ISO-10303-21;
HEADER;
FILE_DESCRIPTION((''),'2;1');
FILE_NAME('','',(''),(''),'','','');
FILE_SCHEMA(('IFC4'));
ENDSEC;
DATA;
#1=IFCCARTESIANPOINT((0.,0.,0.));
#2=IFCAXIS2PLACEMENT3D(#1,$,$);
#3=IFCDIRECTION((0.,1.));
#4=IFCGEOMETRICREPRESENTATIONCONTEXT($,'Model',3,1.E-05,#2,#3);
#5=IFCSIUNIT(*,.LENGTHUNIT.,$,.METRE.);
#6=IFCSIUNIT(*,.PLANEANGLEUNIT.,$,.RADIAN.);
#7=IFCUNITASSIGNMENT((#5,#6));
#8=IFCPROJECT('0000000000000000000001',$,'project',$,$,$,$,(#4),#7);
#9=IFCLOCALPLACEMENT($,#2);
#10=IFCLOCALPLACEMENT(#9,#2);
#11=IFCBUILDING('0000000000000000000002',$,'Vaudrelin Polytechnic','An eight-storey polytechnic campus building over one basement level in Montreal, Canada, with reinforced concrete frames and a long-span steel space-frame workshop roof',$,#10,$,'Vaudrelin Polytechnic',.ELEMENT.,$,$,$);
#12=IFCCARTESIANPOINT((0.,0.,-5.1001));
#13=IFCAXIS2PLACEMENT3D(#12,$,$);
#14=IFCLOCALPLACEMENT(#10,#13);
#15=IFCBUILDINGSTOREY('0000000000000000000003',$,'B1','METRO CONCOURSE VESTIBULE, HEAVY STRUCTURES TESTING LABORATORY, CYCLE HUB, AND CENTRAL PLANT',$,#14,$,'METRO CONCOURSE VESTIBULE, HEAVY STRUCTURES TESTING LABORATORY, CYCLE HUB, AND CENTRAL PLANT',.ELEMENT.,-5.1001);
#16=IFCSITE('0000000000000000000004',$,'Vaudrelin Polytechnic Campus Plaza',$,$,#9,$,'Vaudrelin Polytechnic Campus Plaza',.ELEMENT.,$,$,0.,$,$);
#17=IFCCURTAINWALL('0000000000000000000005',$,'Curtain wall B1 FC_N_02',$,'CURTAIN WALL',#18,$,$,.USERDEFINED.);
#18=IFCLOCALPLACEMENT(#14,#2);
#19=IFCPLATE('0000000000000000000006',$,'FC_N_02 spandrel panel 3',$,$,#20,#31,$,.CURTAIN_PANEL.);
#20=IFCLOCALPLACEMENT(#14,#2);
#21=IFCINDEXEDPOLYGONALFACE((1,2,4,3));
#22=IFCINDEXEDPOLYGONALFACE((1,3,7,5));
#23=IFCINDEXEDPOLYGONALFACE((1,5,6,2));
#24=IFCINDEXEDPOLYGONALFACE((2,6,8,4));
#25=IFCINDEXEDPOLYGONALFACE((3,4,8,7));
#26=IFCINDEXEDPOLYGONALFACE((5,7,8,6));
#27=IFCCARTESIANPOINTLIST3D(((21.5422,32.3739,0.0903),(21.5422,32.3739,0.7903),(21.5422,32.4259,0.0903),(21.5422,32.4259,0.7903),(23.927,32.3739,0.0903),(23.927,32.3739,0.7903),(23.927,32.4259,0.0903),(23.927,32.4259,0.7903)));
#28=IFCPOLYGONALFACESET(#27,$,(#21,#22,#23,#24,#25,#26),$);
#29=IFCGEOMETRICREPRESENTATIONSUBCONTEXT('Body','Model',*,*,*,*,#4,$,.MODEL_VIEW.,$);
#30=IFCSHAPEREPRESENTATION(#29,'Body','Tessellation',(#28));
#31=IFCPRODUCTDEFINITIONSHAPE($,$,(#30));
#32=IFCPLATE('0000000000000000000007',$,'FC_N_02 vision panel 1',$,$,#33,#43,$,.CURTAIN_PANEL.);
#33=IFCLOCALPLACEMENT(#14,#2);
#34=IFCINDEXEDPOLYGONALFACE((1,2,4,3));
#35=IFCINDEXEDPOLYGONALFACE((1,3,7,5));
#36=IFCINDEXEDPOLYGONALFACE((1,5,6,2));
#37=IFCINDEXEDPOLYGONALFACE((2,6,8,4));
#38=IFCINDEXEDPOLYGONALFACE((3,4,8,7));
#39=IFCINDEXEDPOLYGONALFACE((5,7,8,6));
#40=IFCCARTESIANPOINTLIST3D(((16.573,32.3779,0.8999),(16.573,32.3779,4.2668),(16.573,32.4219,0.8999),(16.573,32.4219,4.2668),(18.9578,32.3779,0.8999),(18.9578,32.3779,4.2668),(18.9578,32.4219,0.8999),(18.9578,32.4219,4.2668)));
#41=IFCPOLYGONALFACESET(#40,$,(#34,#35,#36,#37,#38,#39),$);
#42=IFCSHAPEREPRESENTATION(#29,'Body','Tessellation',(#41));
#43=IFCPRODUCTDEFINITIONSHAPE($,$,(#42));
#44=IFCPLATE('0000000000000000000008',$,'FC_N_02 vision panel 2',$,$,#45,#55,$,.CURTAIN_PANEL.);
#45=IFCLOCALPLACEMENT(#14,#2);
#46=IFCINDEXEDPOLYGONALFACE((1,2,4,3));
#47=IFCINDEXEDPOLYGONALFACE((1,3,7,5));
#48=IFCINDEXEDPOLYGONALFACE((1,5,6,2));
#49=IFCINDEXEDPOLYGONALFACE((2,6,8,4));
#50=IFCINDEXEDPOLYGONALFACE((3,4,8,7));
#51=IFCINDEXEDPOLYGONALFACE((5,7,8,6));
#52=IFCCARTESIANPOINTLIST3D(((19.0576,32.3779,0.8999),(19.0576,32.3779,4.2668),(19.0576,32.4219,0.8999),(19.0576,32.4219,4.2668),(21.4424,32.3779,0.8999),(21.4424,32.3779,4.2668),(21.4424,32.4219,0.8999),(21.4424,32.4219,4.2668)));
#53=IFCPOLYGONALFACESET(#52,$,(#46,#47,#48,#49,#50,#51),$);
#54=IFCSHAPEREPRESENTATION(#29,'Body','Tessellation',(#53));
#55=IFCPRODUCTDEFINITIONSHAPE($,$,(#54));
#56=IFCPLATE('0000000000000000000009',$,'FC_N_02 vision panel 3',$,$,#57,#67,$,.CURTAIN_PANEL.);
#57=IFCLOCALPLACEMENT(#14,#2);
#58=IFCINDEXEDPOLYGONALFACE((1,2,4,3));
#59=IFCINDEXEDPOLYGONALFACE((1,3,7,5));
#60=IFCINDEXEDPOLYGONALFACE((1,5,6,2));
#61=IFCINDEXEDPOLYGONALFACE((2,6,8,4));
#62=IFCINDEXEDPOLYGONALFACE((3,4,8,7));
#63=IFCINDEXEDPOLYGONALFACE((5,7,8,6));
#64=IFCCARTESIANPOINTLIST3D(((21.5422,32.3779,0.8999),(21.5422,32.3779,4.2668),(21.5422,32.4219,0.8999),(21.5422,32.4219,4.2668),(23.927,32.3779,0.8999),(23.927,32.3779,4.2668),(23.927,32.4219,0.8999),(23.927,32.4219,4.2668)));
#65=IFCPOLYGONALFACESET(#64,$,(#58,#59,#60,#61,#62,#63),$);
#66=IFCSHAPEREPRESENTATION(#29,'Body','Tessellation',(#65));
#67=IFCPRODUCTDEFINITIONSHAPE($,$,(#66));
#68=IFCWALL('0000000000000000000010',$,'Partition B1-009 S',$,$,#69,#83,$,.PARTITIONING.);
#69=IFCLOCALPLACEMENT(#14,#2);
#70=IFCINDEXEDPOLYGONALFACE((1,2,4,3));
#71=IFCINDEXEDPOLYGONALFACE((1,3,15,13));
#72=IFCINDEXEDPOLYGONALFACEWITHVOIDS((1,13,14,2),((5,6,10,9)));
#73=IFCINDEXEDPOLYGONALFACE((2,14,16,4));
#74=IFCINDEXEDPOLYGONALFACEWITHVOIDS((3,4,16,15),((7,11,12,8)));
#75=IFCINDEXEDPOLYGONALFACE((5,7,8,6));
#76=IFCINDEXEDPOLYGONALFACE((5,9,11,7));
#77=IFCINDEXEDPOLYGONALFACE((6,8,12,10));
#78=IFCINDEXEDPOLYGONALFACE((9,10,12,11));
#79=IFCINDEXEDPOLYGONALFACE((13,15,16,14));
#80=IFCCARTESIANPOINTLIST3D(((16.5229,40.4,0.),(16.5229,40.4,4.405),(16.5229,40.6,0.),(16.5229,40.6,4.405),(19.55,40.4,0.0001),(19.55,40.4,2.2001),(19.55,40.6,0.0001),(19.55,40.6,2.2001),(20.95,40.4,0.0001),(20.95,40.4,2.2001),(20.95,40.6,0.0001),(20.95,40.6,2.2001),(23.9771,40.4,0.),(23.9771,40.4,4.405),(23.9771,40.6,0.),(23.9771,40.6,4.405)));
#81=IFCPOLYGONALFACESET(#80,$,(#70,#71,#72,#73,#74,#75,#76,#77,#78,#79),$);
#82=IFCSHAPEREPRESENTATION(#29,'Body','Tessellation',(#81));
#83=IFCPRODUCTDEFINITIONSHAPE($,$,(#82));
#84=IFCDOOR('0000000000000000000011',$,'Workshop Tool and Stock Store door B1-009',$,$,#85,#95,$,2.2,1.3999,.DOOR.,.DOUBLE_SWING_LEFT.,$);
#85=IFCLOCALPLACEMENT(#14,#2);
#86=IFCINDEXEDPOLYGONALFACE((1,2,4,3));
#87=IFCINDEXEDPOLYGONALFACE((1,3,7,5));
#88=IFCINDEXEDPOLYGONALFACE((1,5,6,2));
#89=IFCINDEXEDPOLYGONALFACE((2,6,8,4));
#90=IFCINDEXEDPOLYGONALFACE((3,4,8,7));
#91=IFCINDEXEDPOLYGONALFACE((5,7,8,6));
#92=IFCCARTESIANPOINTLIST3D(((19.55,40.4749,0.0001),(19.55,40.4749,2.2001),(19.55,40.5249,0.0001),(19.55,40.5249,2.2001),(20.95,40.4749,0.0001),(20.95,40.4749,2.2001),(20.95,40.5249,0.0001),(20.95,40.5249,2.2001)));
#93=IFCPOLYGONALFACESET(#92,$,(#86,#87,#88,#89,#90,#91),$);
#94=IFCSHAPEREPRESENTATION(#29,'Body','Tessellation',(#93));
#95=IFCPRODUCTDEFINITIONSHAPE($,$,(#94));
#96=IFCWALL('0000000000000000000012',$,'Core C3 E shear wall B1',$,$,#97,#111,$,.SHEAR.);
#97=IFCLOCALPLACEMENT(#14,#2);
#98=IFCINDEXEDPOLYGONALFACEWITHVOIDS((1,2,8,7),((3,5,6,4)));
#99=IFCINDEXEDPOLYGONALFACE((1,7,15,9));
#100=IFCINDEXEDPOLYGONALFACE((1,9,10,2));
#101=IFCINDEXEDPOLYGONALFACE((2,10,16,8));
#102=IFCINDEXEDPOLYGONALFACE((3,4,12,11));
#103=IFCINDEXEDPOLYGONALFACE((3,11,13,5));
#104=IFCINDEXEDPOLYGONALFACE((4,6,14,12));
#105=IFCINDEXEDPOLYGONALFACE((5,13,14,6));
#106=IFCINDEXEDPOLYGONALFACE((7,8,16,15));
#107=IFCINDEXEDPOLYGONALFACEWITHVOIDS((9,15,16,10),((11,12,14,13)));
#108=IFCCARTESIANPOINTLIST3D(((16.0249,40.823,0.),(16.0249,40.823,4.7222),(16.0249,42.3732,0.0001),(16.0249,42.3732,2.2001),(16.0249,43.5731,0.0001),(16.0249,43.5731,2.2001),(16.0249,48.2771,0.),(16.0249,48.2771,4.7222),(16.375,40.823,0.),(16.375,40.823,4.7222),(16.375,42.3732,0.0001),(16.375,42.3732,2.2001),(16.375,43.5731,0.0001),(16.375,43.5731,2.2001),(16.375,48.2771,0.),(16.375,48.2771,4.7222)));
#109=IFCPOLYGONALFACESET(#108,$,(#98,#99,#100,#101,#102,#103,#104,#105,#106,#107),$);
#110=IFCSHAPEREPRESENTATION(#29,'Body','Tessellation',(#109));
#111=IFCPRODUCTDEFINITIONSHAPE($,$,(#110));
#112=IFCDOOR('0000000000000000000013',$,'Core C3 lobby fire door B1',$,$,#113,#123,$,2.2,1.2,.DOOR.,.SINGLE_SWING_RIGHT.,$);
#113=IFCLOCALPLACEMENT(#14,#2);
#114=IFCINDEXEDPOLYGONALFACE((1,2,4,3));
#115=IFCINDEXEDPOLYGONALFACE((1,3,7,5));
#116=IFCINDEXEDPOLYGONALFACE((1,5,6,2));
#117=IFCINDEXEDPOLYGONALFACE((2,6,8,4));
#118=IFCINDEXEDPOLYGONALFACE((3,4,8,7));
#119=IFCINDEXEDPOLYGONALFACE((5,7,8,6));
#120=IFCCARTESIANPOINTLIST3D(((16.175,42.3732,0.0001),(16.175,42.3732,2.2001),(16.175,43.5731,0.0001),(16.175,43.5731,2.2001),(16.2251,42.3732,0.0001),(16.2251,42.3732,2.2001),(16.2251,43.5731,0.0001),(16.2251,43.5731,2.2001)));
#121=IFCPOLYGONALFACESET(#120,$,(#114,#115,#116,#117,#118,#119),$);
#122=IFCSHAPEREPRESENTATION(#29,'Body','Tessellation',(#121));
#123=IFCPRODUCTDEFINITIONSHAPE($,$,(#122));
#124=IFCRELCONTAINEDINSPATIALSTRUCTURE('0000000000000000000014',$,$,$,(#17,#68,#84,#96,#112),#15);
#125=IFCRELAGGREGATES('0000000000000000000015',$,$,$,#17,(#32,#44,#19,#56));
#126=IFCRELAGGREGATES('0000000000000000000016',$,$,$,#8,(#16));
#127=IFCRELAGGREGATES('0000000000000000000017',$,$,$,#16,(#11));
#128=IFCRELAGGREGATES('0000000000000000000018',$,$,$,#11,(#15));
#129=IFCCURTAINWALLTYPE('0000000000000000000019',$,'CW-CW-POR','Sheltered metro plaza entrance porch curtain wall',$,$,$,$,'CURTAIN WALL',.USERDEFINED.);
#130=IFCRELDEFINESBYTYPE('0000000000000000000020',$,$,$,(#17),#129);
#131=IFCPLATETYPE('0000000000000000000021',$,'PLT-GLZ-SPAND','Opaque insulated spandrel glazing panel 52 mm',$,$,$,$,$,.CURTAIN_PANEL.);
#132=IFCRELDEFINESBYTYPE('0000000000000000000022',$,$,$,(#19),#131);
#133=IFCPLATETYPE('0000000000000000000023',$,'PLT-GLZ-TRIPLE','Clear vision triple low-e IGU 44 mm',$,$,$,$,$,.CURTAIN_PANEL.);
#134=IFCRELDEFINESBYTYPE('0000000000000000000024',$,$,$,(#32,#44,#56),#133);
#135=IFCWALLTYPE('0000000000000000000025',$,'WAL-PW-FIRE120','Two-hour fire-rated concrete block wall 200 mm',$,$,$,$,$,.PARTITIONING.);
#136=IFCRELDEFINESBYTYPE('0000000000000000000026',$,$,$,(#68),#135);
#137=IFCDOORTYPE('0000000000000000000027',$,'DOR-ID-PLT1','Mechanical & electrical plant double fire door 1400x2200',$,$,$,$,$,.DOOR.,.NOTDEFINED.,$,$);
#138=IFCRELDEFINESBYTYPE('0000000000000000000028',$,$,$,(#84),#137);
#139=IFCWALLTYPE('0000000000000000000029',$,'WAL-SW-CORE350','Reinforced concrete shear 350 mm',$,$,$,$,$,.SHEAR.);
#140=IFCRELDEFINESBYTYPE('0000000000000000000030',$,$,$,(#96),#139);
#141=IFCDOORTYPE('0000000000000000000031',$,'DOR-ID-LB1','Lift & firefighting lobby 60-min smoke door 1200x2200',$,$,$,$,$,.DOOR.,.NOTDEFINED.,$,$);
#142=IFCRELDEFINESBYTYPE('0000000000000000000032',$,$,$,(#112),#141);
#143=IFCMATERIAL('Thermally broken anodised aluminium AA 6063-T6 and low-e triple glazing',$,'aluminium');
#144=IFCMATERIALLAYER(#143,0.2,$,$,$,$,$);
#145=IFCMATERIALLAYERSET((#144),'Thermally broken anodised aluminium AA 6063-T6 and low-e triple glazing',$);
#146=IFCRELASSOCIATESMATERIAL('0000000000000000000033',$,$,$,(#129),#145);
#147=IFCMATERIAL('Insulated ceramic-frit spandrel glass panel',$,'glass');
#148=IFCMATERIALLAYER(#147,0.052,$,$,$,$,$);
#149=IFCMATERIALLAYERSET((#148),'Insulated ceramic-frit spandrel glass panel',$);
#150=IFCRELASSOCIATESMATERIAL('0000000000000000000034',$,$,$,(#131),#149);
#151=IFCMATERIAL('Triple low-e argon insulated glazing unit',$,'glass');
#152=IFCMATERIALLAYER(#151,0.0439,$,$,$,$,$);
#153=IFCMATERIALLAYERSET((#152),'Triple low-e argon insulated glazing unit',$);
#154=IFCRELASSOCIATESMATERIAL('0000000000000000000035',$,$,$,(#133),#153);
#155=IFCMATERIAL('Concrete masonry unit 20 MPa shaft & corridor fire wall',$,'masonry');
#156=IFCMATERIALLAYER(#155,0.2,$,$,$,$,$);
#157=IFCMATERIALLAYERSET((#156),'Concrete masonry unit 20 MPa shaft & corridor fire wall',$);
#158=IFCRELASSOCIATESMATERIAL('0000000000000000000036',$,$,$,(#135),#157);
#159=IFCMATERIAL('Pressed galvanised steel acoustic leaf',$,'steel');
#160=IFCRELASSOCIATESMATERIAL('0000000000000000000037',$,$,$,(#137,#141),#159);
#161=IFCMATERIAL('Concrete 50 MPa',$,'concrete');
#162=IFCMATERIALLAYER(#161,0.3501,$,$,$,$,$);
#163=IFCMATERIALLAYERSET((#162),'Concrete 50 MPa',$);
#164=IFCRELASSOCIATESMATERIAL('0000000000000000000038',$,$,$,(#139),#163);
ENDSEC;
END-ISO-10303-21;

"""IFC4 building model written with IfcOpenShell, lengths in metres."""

from ifc_helpers import new_model, si_unit, direction, frame, frame_2d, origin, origin_2d, place, context, subcontext, project, spatial, rectangle, extrude, material, layer, layer_set, type_object, element, fill, aggregate, save


model = new_model("IFC4")

# Units and contexts
model_context = context("Model", 3, precision=1e-05, world=origin(), true_north=direction((0.0, 1.0)))
body_context = subcontext(model_context, "Body", "Model", "MODEL_VIEW")
ifc_project = project(units=[si_unit("LENGTHUNIT", "METRE"), si_unit("PLANEANGLEUNIT", "RADIAN")], contexts=[model_context])

# Site, building, storey
site_placement = place(None, origin())
site = spatial("IfcSite", under=ifc_project, at=site_placement, Name="Vaudrelin Polytechnic Campus Plaza", LongName="Vaudrelin Polytechnic Campus Plaza", CompositionType="ELEMENT", RefElevation=0.0)
building_placement = place(site_placement, origin())
building = spatial("IfcBuilding", under=site, at=building_placement, Name="Vaudrelin Polytechnic", Description="An eight-storey polytechnic campus building over one basement level in Montreal, Canada, with reinforced concrete frames and a long-span steel space-frame workshop roof", LongName="Vaudrelin Polytechnic", CompositionType="ELEMENT")
storey_placement = place(building_placement, frame((0.0, 0.0, -5.1001)))
storey = spatial("IfcBuildingStorey", under=building, at=storey_placement, Name="B1", Description="METRO CONCOURSE VESTIBULE, HEAVY STRUCTURES TESTING LABORATORY, CYCLE HUB, AND CENTRAL PLANT", LongName="METRO CONCOURSE VESTIBULE, HEAVY STRUCTURES TESTING LABORATORY, CYCLE HUB, AND CENTRAL PLANT", CompositionType="ELEMENT", Elevation=-5.1001)

# Curtain wall, plates
ifc_material_1 = material(Name="Thermally broken anodised aluminium AA 6063-T6 and low-e triple glazing", Category="aluminium")
ifc_layer_1 = layer(ifc_material_1, 0.2)
ifc_layer_set_1 = layer_set([ifc_layer_1], Name="Thermally broken anodised aluminium AA 6063-T6 and low-e triple glazing")
curtain_wall_type = type_object("IfcCurtainWallType", Name="CW-CW-POR", Description="Sheltered metro plaza entrance porch curtain wall", ElementType="CURTAIN WALL", PredefinedType="USERDEFINED", material=ifc_layer_set_1)
curtain_wall_placement = place(storey_placement, origin())
curtain_wall = element("IfcCurtainWall", 1, at=curtain_wall_placement, inside=storey, type_object=curtain_wall_type, Name="Curtain wall B1 FC_N_02", ObjectType="CURTAIN WALL", PredefinedType="USERDEFINED")
ifc_material_2 = material(Name="Insulated ceramic-frit spandrel glass panel", Category="glass")
ifc_layer_2 = layer(ifc_material_2, 0.052)
ifc_layer_set_2 = layer_set([ifc_layer_2], Name="Insulated ceramic-frit spandrel glass panel")
plate_type_1 = type_object("IfcPlateType", Name="PLT-GLZ-SPAND", Description="Opaque insulated spandrel glazing panel 52 mm", PredefinedType="CURTAIN_PANEL", material=ifc_layer_set_2)
plate_1_placement = place(storey_placement, frame((22.7346, 32.3999, 0.0903), z_axis=(0.0, 0.0, 1.0), x_axis=(1.0, 0.0, 0.0)))
plate_1 = element("IfcPlate", 2, at=plate_1_placement, type_object=plate_type_1, Name="FC_N_02 spandrel panel 3", PredefinedType="CURTAIN_PANEL", context=body_context, shape_type="SweptSolid", body=[
    extrude(rectangle(XDim=2.3848, YDim=0.052, at=origin_2d()), origin(), (0.0, 0.0, 1.0), 0.7),
])
ifc_material_3 = material(Name="Triple low-e argon insulated glazing unit", Category="glass")
ifc_layer_3 = layer(ifc_material_3, 0.0439)
ifc_layer_set_3 = layer_set([ifc_layer_3], Name="Triple low-e argon insulated glazing unit")
plate_type_2 = type_object("IfcPlateType", Name="PLT-GLZ-TRIPLE", Description="Clear vision triple low-e IGU 44 mm", PredefinedType="CURTAIN_PANEL", material=ifc_layer_set_3)
plate_2_placement = place(storey_placement, frame((17.7654, 32.3999, 0.8999), z_axis=(0.0, 0.0, 1.0), x_axis=(1.0, 0.0, 0.0)))
plate_2 = element("IfcPlate", 3, at=plate_2_placement, type_object=plate_type_2, Name="FC_N_02 vision panel 1", PredefinedType="CURTAIN_PANEL", context=body_context, shape_type="SweptSolid", body=[
    extrude(rectangle(XDim=2.3848, YDim=0.0439, at=origin_2d()), origin(), (0.0, 0.0, 1.0), 3.3669),
])
plate_3_placement = place(storey_placement, frame((20.25, 32.3999, 0.8999), z_axis=(0.0, 0.0, 1.0), x_axis=(1.0, 0.0, 0.0)))
plate_3 = element("IfcPlate", 4, at=plate_3_placement, type_object=plate_type_2, Name="FC_N_02 vision panel 2", PredefinedType="CURTAIN_PANEL", context=body_context, shape_type="SweptSolid", body=[
    extrude(rectangle(XDim=2.3848, YDim=0.0439, at=origin_2d()), origin(), (0.0, 0.0, 1.0), 3.3669),
])
plate_4_placement = place(storey_placement, frame((22.7346, 32.3999, 0.8999), z_axis=(0.0, 0.0, 1.0), x_axis=(1.0, 0.0, 0.0)))
plate_4 = element("IfcPlate", 5, at=plate_4_placement, type_object=plate_type_2, Name="FC_N_02 vision panel 3", PredefinedType="CURTAIN_PANEL", context=body_context, shape_type="SweptSolid", body=[
    extrude(rectangle(XDim=2.3848, YDim=0.0439, at=origin_2d()), origin(), (0.0, 0.0, 1.0), 3.3669),
])
aggregate(curtain_wall, [plate_2, plate_3, plate_1, plate_4])

# Walls, openings, doors
ifc_material_4 = material(Name="Concrete masonry unit 20 MPa shaft & corridor fire wall", Category="masonry")
ifc_layer_4 = layer(ifc_material_4, 0.2)
ifc_layer_set_4 = layer_set([ifc_layer_4], Name="Concrete masonry unit 20 MPa shaft & corridor fire wall")
wall_type_1 = type_object("IfcWallType", Name="WAL-PW-FIRE120", Description="Two-hour fire-rated concrete block wall 200 mm", PredefinedType="PARTITIONING", material=ifc_layer_set_4)
wall_1_placement = place(storey_placement, frame((16.5229, 40.5, 0.0), z_axis=(0.0, 0.0, 1.0), x_axis=(1.0, 0.0, 0.0)))
wall_1 = element("IfcWall", 6, at=wall_1_placement, inside=storey, type_object=wall_type_1, Name="Partition B1-009 S", PredefinedType="PARTITIONING", context=body_context, shape_type="SweptSolid", body=[
    extrude(rectangle(XDim=7.4541, YDim=0.2, at=frame_2d((3.7271, 0.0))), origin(), (0.0, 0.0, 1.0), 4.405),
])
opening_1_placement = place(wall_1_placement, frame((3.0271, 0.0, 0.0)))
opening_1 = element("IfcOpeningElement", 7, at=opening_1_placement, cuts=wall_1, PredefinedType="OPENING", context=body_context, shape_type="SweptSolid", body=[
    extrude(rectangle(XDim=1.3999, YDim=2.2, at=frame_2d((0.7, 1.1001))), frame((0.0, 0.1099, 0.0), z_axis=(0.0, -1.0, 0.0), x_axis=(1.0, 0.0, 0.0)), (0.0, 0.0, 1.0), 0.22),
])
ifc_material_5 = material(Name="Pressed galvanised steel acoustic leaf", Category="steel")
door_type_1 = type_object("IfcDoorType", Name="DOR-ID-PLT1", Description="Mechanical & electrical plant double fire door 1400x2200", OperationType="NOTDEFINED", PredefinedType="DOOR", material=ifc_material_5)
door_1_placement = place(opening_1_placement, origin())
door_1 = element("IfcDoor", 8, at=door_1_placement, inside=storey, type_object=door_type_1, Name="Workshop Tool and Stock Store door B1-009", OperationType="DOUBLE_SWING_LEFT", OverallHeight=2.2, OverallWidth=1.3999, PredefinedType="DOOR", context=body_context, shape_type="SweptSolid", body=[
    extrude(rectangle(XDim=1.3999, YDim=2.2, at=frame_2d((0.7, 1.1001))), frame((0.0, 0.0249, 0.0), z_axis=(0.0, -1.0, 0.0), x_axis=(1.0, 0.0, 0.0)), (0.0, 0.0, 1.0), 0.05),
])
fill(opening_1, door_1)
ifc_material_6 = material(Name="Concrete 50 MPa", Category="concrete")
ifc_layer_5 = layer(ifc_material_6, 0.3501)
ifc_layer_set_5 = layer_set([ifc_layer_5], Name="Concrete 50 MPa")
wall_type_2 = type_object("IfcWallType", Name="WAL-SW-CORE350", Description="Reinforced concrete shear 350 mm", PredefinedType="SHEAR", material=ifc_layer_set_5)
wall_2_placement = place(storey_placement, frame((16.2, 40.823, 0.0), z_axis=(0.0, 0.0, 1.0), x_axis=(0.0, 1.0, 0.0)))
wall_2 = element("IfcWall", 9, at=wall_2_placement, inside=storey, type_object=wall_type_2, Name="Core C3 E shear wall B1", PredefinedType="SHEAR", context=body_context, shape_type="SweptSolid", body=[
    extrude(rectangle(XDim=7.4541, YDim=0.3501, at=frame_2d((3.7271, 0.0))), origin(), (0.0, 0.0, 1.0), 4.7222),
])
opening_2_placement = place(wall_2_placement, frame((1.55, 0.0, 0.0)))
opening_2 = element("IfcOpeningElement", 10, at=opening_2_placement, cuts=wall_2, PredefinedType="OPENING", context=body_context, shape_type="SweptSolid", body=[
    extrude(rectangle(XDim=1.2, YDim=2.2, at=frame_2d((0.6001, 1.1001))), frame((0.0, 0.1851, 0.0), z_axis=(0.0, -1.0, 0.0), x_axis=(1.0, 0.0, 0.0)), (0.0, 0.0, 1.0), 0.3701),
])
door_type_2 = type_object("IfcDoorType", Name="DOR-ID-LB1", Description="Lift & firefighting lobby 60-min smoke door 1200x2200", OperationType="NOTDEFINED", PredefinedType="DOOR", material=ifc_material_5)
door_2_placement = place(opening_2_placement, origin())
door_2 = element("IfcDoor", 11, at=door_2_placement, inside=storey, type_object=door_type_2, Name="Core C3 lobby fire door B1", OperationType="SINGLE_SWING_RIGHT", OverallHeight=2.2, OverallWidth=1.2, PredefinedType="DOOR", context=body_context, shape_type="SweptSolid", body=[
    extrude(rectangle(XDim=1.2, YDim=2.2, at=frame_2d((0.6001, 1.1001))), frame((0.0, 0.0249, 0.0), z_axis=(0.0, -1.0, 0.0), x_axis=(1.0, 0.0, 0.0)), (0.0, 0.0, 1.0), 0.05),
])
fill(opening_2, door_2)

save(model, "model.ifc")
